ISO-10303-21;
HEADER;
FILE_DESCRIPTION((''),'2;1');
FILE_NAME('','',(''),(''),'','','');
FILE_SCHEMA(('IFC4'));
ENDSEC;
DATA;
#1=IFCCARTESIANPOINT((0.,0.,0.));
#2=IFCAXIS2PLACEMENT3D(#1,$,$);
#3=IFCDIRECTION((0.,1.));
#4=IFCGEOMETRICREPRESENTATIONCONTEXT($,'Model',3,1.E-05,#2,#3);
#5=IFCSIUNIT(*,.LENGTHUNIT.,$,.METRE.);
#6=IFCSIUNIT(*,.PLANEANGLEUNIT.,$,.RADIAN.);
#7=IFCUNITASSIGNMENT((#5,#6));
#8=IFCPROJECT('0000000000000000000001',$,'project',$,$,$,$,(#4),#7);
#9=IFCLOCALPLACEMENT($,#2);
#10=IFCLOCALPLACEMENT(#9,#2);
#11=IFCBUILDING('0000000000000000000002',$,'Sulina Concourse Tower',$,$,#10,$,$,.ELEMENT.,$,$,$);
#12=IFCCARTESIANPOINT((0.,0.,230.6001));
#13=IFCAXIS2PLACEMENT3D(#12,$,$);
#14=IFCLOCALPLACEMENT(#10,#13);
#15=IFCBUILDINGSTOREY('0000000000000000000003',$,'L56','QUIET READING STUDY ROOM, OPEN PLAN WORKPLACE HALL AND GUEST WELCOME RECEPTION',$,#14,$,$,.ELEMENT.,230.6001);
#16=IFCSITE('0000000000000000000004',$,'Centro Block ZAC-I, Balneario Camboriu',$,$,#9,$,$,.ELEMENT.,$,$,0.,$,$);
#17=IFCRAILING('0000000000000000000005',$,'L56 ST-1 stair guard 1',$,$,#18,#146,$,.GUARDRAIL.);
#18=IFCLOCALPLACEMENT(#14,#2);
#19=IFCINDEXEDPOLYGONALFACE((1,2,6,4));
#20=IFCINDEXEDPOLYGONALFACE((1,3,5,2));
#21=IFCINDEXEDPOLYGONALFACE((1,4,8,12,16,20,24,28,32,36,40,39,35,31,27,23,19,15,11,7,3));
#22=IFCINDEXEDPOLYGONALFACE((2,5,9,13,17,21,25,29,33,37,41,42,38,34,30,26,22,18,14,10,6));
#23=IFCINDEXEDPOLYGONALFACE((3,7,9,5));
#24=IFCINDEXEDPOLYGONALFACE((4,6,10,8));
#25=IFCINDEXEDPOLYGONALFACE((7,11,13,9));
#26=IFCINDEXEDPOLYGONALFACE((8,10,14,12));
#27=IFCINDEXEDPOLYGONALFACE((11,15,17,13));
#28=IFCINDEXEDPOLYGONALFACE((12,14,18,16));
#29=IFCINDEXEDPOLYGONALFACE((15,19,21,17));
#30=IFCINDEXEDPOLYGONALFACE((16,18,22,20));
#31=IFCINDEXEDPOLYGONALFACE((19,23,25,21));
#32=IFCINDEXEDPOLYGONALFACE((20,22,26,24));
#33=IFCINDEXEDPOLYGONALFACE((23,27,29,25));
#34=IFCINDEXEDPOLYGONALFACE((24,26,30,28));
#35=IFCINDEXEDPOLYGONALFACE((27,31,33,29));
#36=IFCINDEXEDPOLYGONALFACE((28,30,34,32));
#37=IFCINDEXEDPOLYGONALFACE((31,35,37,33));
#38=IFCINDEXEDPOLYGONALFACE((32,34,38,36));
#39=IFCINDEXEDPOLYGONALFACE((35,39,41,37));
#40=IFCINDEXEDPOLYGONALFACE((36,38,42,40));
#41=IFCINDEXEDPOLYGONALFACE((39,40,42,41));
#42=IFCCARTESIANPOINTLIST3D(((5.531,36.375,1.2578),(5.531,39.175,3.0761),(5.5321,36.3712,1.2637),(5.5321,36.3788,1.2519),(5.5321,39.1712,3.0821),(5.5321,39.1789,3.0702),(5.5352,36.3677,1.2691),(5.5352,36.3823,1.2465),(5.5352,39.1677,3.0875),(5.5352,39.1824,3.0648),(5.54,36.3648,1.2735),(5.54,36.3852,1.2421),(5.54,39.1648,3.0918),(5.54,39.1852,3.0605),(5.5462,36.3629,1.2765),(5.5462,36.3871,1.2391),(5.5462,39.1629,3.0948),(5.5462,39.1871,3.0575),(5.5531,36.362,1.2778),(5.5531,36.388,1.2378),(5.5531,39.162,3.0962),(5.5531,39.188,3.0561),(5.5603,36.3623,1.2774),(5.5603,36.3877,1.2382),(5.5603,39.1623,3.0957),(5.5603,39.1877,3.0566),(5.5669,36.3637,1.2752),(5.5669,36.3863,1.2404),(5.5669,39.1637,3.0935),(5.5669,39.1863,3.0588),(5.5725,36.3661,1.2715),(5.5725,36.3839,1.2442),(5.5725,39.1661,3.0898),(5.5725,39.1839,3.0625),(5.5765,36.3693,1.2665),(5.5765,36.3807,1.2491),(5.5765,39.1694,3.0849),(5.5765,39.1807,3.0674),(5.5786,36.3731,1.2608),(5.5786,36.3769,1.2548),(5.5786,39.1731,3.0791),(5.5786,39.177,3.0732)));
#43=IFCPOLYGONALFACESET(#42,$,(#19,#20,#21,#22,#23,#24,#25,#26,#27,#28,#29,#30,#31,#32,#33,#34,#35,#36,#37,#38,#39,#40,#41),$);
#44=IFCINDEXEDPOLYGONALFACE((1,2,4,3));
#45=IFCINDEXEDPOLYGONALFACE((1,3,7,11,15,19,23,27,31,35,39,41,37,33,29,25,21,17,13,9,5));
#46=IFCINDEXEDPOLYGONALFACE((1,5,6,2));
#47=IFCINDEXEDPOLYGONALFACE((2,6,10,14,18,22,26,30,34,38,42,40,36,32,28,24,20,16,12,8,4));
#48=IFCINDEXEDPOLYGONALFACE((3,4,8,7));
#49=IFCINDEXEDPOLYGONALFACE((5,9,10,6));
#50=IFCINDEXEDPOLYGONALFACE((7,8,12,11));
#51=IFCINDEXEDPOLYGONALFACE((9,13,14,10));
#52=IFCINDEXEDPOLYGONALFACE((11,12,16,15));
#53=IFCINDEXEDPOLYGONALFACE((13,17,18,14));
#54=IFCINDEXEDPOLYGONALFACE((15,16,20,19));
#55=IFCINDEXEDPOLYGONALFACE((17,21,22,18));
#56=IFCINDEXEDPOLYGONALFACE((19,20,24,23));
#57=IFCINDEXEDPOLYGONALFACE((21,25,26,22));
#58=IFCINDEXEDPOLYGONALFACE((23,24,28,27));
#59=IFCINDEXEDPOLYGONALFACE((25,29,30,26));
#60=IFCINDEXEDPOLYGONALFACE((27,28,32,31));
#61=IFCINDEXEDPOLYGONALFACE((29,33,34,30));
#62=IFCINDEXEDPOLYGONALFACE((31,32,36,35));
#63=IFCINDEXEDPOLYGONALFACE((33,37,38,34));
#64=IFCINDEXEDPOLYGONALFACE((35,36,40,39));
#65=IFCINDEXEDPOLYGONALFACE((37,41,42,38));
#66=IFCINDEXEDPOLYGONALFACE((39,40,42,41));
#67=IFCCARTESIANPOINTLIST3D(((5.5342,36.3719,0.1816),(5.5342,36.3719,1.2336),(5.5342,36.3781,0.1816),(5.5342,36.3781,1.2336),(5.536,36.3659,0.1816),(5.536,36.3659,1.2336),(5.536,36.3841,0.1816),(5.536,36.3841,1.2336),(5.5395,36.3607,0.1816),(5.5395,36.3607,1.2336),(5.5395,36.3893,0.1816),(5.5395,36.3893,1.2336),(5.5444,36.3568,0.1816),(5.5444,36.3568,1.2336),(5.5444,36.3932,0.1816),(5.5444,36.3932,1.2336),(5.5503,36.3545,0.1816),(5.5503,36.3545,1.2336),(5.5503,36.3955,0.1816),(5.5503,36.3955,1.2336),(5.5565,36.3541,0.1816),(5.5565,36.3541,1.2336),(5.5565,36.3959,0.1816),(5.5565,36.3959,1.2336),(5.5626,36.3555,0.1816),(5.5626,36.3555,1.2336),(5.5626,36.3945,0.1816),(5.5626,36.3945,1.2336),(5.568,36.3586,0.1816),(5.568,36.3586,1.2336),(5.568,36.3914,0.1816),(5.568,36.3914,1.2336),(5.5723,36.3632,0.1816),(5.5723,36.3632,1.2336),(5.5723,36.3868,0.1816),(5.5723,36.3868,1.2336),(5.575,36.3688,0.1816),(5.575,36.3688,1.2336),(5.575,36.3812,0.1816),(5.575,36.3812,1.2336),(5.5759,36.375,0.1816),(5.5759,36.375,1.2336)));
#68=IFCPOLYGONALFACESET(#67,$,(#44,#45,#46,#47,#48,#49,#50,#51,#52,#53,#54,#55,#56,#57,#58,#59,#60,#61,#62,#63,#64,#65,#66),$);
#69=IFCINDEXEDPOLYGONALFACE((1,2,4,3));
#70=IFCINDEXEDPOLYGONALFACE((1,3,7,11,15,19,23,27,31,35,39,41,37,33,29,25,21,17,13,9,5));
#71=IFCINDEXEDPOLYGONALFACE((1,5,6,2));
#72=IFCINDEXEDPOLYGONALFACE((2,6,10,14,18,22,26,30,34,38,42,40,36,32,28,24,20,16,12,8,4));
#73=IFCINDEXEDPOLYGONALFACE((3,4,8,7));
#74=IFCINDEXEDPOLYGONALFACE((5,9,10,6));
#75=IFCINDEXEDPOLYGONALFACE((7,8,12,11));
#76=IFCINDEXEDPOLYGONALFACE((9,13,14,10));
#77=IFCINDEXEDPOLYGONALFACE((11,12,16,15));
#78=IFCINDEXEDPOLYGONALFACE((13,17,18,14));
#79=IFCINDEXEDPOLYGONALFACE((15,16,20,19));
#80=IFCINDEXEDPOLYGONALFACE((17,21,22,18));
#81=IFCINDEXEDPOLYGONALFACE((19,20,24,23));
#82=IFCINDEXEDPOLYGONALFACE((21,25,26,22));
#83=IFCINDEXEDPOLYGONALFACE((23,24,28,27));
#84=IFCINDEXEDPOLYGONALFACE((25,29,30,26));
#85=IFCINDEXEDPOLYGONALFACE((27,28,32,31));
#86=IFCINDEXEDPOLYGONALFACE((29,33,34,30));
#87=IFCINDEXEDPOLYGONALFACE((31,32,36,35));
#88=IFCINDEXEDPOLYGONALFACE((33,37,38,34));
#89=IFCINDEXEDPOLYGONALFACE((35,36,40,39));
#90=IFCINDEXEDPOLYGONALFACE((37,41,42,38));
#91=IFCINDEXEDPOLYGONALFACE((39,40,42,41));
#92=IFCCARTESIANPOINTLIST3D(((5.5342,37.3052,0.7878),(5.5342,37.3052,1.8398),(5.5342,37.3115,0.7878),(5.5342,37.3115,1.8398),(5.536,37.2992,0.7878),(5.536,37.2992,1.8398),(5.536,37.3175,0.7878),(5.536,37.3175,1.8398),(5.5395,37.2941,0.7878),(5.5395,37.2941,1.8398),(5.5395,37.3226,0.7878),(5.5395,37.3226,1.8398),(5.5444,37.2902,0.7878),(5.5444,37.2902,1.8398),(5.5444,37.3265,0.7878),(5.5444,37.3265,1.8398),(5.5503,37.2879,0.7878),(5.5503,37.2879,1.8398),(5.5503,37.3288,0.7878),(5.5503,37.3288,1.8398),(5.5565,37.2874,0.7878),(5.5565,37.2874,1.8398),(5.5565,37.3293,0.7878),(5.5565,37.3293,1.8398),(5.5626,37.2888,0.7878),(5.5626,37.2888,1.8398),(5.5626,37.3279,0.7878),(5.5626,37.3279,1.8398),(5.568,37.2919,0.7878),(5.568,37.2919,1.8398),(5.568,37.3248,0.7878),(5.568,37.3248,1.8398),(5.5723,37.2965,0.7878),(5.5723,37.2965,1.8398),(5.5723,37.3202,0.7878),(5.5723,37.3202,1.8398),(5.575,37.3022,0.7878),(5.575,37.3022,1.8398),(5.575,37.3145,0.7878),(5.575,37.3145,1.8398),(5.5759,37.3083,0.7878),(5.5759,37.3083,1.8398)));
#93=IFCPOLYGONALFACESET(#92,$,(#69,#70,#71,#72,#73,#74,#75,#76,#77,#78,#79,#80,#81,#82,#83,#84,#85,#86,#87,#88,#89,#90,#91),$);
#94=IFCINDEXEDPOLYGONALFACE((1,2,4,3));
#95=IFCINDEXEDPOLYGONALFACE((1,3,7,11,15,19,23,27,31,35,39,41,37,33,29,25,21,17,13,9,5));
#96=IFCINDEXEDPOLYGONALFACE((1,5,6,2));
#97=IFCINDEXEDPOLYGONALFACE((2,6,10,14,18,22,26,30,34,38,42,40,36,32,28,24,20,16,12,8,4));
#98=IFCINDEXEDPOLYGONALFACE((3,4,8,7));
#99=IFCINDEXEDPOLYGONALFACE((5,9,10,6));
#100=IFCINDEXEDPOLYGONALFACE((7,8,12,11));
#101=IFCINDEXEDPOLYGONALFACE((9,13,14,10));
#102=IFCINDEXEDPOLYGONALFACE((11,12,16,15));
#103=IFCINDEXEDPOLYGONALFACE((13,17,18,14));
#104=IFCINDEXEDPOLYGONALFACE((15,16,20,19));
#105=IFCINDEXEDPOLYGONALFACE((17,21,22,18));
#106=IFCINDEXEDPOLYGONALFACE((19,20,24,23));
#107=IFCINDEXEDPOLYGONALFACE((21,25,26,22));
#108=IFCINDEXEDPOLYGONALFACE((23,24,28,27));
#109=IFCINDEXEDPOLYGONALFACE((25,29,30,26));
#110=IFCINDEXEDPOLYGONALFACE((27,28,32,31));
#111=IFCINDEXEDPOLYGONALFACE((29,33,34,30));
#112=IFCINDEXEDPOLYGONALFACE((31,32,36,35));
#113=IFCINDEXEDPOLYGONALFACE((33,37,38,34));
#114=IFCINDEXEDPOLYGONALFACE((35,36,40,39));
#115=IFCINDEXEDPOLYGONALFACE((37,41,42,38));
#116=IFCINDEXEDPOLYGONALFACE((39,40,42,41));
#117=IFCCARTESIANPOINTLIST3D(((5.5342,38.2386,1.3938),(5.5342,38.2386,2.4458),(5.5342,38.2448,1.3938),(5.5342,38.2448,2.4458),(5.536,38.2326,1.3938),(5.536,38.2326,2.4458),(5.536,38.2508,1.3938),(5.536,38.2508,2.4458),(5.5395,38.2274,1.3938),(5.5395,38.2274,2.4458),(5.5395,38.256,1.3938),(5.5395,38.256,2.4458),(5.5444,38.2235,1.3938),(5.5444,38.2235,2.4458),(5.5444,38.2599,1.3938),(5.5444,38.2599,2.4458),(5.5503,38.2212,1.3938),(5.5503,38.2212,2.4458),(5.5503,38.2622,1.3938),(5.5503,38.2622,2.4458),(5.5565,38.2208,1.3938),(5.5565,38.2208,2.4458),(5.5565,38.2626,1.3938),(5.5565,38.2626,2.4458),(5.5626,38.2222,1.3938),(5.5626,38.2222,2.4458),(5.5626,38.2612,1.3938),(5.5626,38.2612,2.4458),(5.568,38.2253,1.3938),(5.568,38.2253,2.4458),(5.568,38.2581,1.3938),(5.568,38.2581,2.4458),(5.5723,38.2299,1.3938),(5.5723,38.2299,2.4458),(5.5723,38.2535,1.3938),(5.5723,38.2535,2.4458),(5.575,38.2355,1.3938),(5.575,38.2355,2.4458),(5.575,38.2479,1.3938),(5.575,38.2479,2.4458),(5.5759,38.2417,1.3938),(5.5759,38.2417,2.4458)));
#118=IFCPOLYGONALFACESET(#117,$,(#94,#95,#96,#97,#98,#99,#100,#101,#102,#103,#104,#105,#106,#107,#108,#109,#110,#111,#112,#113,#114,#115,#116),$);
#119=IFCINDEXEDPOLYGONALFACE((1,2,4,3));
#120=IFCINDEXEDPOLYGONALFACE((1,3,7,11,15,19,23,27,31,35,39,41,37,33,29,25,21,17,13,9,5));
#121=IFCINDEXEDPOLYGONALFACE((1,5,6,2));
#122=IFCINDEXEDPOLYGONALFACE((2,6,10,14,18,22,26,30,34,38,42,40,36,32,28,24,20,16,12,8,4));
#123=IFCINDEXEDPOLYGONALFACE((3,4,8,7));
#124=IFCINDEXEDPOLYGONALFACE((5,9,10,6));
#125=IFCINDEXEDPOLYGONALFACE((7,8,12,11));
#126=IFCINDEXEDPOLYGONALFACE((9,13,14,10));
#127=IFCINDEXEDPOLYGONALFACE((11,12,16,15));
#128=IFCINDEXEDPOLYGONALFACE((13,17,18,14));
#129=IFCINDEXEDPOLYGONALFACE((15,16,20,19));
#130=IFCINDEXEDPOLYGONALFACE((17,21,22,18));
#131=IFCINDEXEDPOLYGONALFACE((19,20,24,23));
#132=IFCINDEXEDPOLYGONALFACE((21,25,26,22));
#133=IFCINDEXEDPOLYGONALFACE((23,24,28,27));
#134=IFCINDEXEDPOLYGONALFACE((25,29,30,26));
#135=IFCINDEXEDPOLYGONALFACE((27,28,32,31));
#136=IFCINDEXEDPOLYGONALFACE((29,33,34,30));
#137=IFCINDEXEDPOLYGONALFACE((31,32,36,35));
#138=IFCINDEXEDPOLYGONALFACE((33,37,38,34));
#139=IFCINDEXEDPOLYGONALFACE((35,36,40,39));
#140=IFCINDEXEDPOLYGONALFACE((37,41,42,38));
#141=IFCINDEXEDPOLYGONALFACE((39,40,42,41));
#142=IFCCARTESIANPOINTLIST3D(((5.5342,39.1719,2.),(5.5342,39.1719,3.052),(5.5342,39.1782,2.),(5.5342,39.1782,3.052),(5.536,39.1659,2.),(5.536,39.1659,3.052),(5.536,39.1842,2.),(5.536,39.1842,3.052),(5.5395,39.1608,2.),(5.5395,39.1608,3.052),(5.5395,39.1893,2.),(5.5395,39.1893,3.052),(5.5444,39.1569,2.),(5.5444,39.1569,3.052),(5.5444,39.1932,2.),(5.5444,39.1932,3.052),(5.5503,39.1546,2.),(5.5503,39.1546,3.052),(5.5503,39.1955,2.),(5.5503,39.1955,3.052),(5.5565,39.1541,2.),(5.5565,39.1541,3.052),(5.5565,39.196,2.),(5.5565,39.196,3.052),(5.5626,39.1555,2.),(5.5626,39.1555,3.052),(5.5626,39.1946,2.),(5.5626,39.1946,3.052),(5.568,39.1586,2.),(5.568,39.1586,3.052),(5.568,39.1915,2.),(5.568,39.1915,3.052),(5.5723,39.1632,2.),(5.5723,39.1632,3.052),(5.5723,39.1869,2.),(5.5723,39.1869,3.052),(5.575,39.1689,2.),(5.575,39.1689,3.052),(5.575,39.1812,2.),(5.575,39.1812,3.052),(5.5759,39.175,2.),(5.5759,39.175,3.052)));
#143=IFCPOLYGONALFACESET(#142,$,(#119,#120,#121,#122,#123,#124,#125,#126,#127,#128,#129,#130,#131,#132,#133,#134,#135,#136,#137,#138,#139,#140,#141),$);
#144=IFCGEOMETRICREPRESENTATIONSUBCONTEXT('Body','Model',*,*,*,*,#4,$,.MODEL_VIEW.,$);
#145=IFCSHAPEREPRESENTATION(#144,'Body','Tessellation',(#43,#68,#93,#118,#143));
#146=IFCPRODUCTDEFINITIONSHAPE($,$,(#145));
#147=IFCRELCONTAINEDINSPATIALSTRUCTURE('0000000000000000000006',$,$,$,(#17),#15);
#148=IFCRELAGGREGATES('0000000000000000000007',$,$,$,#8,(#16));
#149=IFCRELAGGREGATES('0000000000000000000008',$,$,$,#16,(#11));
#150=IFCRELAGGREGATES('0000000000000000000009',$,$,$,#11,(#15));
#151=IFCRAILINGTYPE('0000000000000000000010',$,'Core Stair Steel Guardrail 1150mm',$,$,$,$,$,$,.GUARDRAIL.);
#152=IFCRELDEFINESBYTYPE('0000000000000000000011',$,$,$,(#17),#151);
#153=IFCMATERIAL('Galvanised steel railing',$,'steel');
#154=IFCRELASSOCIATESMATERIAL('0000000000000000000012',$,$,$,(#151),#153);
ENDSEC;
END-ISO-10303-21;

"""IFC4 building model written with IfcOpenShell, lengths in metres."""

from ifc_helpers import new_model, si_unit, direction, frame, origin, origin_2d, place, context, subcontext, project, spatial, circle, extrude, material, type_object, element, save


model = new_model("IFC4")

# Units and contexts
model_context = context("Model", 3, precision=1e-05, world=origin(), true_north=direction((0.0, 1.0)))
body_context = subcontext(model_context, "Body", "Model", "MODEL_VIEW")
ifc_project = project(units=[si_unit("LENGTHUNIT", "METRE"), si_unit("PLANEANGLEUNIT", "RADIAN")], contexts=[model_context])

# Site, building, storey
site_placement = place(None, origin())
site = spatial("IfcSite", under=ifc_project, at=site_placement, Name="Centro Block ZAC-I, Balneario Camboriu", CompositionType="ELEMENT", RefElevation=0.0)
building_placement = place(site_placement, origin())
building = spatial("IfcBuilding", under=site, at=building_placement, Name="Sulina Concourse Tower", CompositionType="ELEMENT")
storey_placement = place(building_placement, frame((0.0, 0.0, 230.6001)))
storey = spatial("IfcBuildingStorey", under=building, at=storey_placement, Name="L56", Description="QUIET READING STUDY ROOM, OPEN PLAN WORKPLACE HALL AND GUEST WELCOME RECEPTION", CompositionType="ELEMENT", Elevation=230.6001)

# Railing
ifc_material_1 = material(Name="Galvanised steel railing", Category="steel")
railing_type_1 = type_object("IfcRailingType", Name="Core Stair Steel Guardrail 1150mm", PredefinedType="GUARDRAIL", material=ifc_material_1)
railing_1_placement = place(storey_placement, frame((5.5549, 36.375, 0.1816)))
element("IfcRailing", 1, at=railing_1_placement, inside=storey, type_object=railing_type_1, Name="L56 ST-1 stair guard 1", PredefinedType="GUARDRAIL", context=body_context, shape_type="SweptSolid", body=[
    extrude(circle(Radius=0.0239, at=origin_2d()), frame((0.0, 0.0, 1.0762), z_axis=(0.0, 0.838672, 0.544636), x_axis=(-1.0, 0.0, 0.0)), (0.0, 0.0, 1.0), 3.3386),
    extrude(circle(Radius=0.021, at=origin_2d()), origin(), (0.0, 0.0, 1.0), 1.052),
    extrude(circle(Radius=0.021, at=origin_2d()), frame((0.0, 0.9333, 0.6062)), (0.0, 0.0, 1.0), 1.052),
    extrude(circle(Radius=0.021, at=origin_2d()), frame((0.0, 1.8667, 1.2122)), (0.0, 0.0, 1.0), 1.052),
    extrude(circle(Radius=0.021, at=origin_2d()), frame((0.0, 2.8, 1.8184)), (0.0, 0.0, 1.0), 1.052),
])

save(model, "model.ifc")
